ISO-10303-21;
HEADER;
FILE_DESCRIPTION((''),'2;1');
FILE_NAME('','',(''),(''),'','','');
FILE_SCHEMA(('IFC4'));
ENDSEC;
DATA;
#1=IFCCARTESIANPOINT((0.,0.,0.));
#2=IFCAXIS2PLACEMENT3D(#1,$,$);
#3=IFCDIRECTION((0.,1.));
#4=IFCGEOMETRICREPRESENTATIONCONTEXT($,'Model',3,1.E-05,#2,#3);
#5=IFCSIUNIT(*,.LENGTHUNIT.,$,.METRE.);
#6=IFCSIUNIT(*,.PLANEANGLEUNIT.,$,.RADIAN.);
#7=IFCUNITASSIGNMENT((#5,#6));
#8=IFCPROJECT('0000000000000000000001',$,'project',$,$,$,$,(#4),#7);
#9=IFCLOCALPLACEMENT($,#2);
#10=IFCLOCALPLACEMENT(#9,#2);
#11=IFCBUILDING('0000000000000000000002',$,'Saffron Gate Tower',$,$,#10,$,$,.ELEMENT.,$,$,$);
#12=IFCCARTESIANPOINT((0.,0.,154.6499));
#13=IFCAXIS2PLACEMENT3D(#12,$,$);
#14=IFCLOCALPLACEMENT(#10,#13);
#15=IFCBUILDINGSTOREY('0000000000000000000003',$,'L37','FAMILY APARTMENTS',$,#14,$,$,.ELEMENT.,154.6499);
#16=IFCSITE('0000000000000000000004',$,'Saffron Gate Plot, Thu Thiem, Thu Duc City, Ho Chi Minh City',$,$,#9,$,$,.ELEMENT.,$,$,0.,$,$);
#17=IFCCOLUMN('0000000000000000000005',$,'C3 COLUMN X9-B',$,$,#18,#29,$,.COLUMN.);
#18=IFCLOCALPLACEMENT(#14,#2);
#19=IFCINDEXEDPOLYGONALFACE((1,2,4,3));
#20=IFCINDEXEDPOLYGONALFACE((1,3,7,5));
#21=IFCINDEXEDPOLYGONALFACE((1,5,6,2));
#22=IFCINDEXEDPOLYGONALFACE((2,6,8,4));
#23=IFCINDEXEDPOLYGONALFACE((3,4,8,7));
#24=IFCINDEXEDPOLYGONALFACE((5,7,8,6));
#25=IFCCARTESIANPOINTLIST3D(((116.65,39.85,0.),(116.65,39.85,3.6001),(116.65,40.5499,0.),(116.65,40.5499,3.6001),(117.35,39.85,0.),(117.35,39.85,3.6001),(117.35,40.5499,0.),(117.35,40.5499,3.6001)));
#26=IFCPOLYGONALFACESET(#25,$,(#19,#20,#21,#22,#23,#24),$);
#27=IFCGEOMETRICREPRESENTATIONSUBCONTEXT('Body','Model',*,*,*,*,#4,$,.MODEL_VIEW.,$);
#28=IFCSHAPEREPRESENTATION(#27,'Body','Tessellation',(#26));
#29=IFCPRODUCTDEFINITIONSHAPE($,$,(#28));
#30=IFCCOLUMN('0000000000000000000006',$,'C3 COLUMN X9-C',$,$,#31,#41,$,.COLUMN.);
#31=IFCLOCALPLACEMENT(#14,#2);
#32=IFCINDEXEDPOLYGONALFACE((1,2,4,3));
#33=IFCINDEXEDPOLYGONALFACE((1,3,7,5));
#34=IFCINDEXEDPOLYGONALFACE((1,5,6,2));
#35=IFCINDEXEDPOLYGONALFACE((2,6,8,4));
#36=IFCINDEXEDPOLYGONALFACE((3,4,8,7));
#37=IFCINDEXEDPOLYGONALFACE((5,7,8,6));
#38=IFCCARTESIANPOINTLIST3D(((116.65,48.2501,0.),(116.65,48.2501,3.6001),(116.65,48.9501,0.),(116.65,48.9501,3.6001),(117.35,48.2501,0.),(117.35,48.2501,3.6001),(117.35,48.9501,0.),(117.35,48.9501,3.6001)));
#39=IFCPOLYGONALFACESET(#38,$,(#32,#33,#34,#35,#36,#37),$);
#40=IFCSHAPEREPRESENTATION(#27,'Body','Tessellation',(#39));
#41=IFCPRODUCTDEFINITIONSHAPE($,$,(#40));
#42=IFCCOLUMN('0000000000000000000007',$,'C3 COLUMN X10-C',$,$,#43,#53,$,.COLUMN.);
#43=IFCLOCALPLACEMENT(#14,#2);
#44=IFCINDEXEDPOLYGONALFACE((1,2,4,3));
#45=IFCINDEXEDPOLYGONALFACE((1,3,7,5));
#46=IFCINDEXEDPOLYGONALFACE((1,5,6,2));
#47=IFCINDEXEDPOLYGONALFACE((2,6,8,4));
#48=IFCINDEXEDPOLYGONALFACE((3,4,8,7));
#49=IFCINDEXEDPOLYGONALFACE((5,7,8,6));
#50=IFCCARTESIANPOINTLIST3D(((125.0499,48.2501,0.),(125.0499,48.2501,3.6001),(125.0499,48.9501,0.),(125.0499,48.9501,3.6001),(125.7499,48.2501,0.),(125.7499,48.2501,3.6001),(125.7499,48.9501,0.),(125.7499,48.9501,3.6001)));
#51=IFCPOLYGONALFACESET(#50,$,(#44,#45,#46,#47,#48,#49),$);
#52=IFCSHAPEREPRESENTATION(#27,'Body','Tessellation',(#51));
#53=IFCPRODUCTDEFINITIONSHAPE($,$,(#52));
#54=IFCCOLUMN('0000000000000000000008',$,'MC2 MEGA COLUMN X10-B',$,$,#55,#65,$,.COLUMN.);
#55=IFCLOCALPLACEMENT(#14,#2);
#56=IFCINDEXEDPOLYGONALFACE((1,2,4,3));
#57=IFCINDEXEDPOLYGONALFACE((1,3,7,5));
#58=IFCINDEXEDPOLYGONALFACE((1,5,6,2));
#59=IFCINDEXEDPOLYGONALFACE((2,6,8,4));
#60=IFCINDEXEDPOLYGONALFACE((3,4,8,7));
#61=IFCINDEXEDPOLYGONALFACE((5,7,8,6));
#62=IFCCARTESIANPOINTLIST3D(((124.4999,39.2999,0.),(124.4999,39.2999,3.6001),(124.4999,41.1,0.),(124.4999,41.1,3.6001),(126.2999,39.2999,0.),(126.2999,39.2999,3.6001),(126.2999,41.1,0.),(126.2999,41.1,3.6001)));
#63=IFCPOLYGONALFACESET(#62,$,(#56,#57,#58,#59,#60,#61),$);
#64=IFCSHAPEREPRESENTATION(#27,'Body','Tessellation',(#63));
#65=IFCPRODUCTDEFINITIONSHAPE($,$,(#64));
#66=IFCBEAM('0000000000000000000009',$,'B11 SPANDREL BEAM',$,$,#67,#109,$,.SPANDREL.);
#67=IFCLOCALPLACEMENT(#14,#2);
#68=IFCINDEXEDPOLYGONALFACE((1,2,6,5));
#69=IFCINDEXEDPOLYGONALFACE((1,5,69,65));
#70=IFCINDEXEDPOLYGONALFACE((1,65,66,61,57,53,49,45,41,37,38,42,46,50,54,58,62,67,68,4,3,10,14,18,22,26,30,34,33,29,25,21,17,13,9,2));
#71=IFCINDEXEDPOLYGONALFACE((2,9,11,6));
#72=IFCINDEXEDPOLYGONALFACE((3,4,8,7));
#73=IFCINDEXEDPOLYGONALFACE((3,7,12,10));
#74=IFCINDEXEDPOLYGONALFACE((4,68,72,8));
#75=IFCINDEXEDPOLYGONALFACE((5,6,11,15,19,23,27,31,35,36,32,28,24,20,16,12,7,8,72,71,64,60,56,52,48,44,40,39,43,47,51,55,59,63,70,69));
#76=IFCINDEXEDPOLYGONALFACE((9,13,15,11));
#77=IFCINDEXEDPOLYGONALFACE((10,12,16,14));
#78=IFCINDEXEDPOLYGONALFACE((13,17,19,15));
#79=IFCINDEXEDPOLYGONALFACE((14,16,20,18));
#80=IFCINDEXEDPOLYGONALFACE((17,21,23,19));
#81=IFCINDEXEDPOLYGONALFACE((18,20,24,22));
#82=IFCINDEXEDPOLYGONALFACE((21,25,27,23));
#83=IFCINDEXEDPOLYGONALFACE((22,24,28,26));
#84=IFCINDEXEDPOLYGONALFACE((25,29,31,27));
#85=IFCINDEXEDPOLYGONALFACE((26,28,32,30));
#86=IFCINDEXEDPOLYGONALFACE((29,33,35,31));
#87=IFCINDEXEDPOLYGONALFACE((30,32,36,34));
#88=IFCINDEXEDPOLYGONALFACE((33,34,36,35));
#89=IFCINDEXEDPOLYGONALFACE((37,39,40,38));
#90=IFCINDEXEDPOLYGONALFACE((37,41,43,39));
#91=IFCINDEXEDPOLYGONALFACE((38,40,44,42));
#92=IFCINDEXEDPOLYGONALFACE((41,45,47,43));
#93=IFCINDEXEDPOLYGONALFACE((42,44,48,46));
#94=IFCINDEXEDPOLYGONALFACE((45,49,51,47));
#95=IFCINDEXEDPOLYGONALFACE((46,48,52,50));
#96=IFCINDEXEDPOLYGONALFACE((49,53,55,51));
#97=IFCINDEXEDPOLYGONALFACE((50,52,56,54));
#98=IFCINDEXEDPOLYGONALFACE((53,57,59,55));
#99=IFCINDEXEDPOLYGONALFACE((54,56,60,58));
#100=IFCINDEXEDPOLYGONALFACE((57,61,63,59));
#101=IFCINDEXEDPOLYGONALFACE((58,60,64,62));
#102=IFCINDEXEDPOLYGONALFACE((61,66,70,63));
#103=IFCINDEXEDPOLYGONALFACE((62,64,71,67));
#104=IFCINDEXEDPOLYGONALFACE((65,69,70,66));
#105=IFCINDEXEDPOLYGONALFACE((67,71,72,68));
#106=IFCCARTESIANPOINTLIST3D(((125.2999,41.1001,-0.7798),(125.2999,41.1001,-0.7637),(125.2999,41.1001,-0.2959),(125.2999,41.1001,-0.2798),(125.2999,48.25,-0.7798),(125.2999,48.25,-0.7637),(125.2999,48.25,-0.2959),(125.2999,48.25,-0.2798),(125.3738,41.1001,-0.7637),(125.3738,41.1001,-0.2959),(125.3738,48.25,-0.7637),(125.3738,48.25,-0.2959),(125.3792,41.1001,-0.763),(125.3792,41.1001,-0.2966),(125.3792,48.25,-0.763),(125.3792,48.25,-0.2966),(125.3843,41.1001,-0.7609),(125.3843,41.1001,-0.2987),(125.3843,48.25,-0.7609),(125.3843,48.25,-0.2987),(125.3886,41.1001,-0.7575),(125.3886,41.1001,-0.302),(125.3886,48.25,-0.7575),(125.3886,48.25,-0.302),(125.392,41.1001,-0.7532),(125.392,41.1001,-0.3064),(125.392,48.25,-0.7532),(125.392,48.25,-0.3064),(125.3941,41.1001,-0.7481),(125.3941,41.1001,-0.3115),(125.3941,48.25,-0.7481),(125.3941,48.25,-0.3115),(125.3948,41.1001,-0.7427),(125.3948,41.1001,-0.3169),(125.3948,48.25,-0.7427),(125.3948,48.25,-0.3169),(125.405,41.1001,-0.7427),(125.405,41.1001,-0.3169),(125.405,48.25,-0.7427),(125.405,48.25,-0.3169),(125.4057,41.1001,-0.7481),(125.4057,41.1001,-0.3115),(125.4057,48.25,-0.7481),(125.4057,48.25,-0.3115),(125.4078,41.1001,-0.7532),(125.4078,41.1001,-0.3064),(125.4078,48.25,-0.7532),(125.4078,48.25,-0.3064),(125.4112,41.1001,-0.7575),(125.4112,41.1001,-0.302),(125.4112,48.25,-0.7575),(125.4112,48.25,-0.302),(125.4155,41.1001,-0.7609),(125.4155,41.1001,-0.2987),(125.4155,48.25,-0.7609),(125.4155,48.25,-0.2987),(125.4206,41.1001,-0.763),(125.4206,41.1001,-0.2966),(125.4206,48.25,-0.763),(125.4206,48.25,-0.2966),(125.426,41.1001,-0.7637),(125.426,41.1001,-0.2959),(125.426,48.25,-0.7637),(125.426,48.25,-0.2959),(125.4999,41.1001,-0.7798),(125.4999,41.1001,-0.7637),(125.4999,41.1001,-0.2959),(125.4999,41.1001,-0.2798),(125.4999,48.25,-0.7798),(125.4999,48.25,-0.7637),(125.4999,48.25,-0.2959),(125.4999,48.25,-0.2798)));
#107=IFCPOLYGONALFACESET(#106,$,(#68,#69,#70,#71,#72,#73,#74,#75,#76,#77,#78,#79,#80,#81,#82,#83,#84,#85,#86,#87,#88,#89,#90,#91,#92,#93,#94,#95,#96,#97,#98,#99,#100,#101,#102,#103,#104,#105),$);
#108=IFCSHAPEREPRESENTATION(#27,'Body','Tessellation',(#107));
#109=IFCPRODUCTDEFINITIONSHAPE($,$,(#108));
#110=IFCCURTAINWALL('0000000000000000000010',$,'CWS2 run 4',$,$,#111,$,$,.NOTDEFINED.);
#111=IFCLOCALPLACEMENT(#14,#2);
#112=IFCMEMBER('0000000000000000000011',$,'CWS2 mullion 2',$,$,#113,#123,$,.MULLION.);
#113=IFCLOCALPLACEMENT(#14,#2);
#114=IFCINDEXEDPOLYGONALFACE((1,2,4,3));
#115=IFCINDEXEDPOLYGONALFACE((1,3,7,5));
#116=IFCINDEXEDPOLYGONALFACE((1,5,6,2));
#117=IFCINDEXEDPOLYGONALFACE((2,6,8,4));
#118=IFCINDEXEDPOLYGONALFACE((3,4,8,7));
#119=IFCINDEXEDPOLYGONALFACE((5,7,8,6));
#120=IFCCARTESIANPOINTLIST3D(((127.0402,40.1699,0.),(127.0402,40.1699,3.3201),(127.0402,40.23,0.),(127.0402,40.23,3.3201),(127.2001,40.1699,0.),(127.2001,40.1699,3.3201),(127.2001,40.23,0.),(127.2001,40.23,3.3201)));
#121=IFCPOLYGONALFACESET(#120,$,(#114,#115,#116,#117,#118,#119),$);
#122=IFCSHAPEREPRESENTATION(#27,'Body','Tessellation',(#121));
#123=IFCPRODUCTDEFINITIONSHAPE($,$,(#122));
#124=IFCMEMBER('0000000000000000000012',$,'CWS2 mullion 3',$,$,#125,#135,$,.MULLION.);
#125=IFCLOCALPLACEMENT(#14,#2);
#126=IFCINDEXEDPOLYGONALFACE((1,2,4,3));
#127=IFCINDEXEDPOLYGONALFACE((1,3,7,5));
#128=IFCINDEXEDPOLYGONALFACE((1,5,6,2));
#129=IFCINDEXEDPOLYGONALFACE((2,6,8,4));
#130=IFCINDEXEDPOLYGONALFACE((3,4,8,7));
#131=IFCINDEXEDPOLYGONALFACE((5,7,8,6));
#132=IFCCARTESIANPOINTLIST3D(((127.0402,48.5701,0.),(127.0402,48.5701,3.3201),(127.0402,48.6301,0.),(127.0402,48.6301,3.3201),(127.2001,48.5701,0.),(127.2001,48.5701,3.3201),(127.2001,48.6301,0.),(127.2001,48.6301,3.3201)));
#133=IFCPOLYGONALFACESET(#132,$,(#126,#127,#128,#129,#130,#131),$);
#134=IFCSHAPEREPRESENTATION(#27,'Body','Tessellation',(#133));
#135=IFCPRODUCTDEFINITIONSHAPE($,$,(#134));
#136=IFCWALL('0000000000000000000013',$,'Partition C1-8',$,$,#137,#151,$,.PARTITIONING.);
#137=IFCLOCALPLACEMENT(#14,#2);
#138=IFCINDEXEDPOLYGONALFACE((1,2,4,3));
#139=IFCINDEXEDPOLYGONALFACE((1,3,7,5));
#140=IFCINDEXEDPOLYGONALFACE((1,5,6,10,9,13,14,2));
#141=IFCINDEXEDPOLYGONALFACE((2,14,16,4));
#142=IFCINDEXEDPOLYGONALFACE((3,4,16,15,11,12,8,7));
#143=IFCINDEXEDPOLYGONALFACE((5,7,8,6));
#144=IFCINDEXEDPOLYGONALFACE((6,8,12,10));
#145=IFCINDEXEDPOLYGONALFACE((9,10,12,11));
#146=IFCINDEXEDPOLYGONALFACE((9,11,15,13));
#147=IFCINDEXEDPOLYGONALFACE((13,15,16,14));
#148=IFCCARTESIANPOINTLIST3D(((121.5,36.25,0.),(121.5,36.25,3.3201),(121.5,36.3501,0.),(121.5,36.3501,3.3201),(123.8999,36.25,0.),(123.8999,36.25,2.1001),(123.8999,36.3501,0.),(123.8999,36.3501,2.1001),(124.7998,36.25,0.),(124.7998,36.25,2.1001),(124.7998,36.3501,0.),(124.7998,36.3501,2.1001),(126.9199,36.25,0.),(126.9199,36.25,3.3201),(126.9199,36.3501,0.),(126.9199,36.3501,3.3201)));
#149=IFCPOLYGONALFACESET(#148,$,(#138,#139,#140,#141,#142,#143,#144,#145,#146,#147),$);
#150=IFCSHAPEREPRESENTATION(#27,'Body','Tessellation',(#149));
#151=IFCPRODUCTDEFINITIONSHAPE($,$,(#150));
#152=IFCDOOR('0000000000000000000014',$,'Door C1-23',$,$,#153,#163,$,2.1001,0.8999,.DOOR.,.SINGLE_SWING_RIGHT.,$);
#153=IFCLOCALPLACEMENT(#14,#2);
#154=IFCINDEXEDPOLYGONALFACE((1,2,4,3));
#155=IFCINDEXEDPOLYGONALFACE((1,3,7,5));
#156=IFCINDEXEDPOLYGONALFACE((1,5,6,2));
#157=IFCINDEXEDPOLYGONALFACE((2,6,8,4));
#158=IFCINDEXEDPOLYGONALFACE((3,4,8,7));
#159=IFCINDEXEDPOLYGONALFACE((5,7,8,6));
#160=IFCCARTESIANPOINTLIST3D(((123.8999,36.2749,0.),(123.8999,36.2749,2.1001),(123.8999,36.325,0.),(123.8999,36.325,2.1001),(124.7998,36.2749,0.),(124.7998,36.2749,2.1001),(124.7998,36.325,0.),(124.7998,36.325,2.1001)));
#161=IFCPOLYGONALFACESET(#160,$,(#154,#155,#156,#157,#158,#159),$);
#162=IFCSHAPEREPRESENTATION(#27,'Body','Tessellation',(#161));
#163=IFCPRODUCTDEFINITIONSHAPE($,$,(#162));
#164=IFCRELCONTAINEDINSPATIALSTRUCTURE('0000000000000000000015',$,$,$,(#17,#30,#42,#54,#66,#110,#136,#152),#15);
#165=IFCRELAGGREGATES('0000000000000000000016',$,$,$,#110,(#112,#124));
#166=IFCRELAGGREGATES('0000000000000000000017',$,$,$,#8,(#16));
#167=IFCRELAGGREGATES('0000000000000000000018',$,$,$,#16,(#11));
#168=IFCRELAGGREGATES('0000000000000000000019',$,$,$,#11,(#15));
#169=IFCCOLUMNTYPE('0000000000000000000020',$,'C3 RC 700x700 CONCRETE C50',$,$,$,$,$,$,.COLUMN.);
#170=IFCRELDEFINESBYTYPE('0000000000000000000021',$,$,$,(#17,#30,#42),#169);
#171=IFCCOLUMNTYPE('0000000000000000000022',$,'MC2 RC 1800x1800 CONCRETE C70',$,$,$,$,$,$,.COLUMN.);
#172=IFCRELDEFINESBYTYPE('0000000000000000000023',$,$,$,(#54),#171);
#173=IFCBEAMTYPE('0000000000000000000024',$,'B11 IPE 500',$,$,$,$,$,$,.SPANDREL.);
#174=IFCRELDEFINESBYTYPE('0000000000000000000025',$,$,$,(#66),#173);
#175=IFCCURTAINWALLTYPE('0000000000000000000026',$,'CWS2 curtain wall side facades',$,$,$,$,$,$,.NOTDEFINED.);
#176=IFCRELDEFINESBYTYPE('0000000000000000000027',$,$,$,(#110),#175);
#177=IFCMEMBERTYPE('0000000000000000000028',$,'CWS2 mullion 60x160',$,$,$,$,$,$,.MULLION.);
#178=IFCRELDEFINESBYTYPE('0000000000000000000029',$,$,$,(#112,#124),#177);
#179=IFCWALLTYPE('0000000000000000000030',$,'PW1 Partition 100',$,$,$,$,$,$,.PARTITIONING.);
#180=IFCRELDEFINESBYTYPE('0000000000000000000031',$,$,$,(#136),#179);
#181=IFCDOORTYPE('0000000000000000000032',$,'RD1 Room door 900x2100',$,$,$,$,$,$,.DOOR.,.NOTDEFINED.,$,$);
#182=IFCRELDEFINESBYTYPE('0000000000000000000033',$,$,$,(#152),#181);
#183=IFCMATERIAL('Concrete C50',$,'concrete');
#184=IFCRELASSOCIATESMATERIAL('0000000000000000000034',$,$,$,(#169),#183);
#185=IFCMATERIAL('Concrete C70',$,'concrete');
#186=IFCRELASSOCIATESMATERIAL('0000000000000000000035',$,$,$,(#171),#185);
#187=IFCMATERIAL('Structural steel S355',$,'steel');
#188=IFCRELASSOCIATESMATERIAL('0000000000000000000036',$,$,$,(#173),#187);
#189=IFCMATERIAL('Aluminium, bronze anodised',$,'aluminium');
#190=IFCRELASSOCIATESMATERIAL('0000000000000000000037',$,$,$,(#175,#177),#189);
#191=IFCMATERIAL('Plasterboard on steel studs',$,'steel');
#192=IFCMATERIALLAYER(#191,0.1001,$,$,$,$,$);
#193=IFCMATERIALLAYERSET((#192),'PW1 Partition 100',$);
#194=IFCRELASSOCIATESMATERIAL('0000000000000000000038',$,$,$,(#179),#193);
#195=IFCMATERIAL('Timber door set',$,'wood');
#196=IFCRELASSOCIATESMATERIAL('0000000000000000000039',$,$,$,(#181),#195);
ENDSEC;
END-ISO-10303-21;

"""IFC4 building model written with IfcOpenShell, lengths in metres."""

from ifc_helpers import new_model, si_unit, direction, frame, frame_2d, origin, origin_2d, place, context, subcontext, project, spatial, rectangle, i_section, extrude, material, layer, layer_set, material_profile, profile_set, type_object, element, fill, aggregate, save


model = new_model("IFC4")

# Units and contexts
model_context = context("Model", 3, precision=1e-05, world=origin(), true_north=direction((0.0, 1.0)))
body_context = subcontext(model_context, "Body", "Model", "MODEL_VIEW")
ifc_project = project(units=[si_unit("LENGTHUNIT", "METRE"), si_unit("PLANEANGLEUNIT", "RADIAN")], contexts=[model_context])

# Site, building, storey
site_placement = place(None, origin())
site = spatial("IfcSite", under=ifc_project, at=site_placement, Name="Saffron Gate Plot, Thu Thiem, Thu Duc City, Ho Chi Minh City", CompositionType="ELEMENT", RefElevation=0.0)
building_placement = place(site_placement, origin())
building = spatial("IfcBuilding", under=site, at=building_placement, Name="Saffron Gate Tower", CompositionType="ELEMENT")
storey_placement = place(building_placement, frame((0.0, 0.0, 154.6499)))
storey = spatial("IfcBuildingStorey", under=building, at=storey_placement, Name="L37", Description="FAMILY APARTMENTS", CompositionType="ELEMENT", Elevation=154.6499)

# Columns
ifc_material_1 = material(Name="Concrete C50", Category="concrete")
ifc_material_profile_1 = material_profile(ifc_material_1, rectangle(XDim=0.7, YDim=0.7, at=origin_2d()))
ifc_profile_set_1 = profile_set([ifc_material_profile_1], Name="Concrete C50")
column_type_1 = type_object("IfcColumnType", Name="C3 RC 700x700 CONCRETE C50", PredefinedType="COLUMN", material=ifc_profile_set_1)
for number, where, z_axis, x_axis, name in (
    (1, (117.0, 40.2, 0.0), (0.0, 0.0, 1.0), (1.0, 0.0, 0.0), "C3 COLUMN X9-B"),
    (2, (117.0, 48.6001, 0.0), (0.0, 0.0, 1.0), (1.0, 0.0, 0.0), "C3 COLUMN X9-C"),
    (3, (125.3999, 48.6001, 0.0), (0.0, 0.0, 1.0), (1.0, 0.0, 0.0), "C3 COLUMN X10-C"),
):
    element("IfcColumn", number, at=place(storey_placement, frame(where, z_axis=z_axis, x_axis=x_axis)), inside=storey, type_object=column_type_1, Name=name, PredefinedType="COLUMN", context=body_context, shape_type="SweptSolid", body=[
        extrude(rectangle(XDim=0.7, YDim=0.7, at=origin_2d()), origin(), (0.0, 0.0, 1.0), 3.6001),
    ])
ifc_material_2 = material(Name="Concrete C70", Category="concrete")
ifc_material_profile_2 = material_profile(ifc_material_2, rectangle(XDim=1.8, YDim=1.8, at=origin_2d()))
ifc_profile_set_2 = profile_set([ifc_material_profile_2], Name="Concrete C70")
column_type_2 = type_object("IfcColumnType", Name="MC2 RC 1800x1800 CONCRETE C70", PredefinedType="COLUMN", material=ifc_profile_set_2)
column_placement = place(storey_placement, frame((125.3999, 40.2, 0.0), z_axis=(0.0, 0.0, 1.0), x_axis=(1.0, 0.0, 0.0)))
element("IfcColumn", 4, at=column_placement, inside=storey, type_object=column_type_2, Name="MC2 MEGA COLUMN X10-B", PredefinedType="COLUMN", context=body_context, shape_type="SweptSolid", body=[
    extrude(rectangle(XDim=1.8, YDim=1.8, at=origin_2d()), origin(), (0.0, 0.0, 1.0), 3.6001),
])

# Beam
ifc_material_3 = material(Name="Structural steel S355", Category="steel")
ifc_material_profile_3 = material_profile(ifc_material_3, i_section(OverallWidth=0.2, OverallDepth=0.5, WebThickness=0.0103, FlangeThickness=0.0161, FilletRadius=0.021, at=origin_2d()))
ifc_profile_set_3 = profile_set([ifc_material_profile_3], Name="Structural steel S355")
beam_type = type_object("IfcBeamType", Name="B11 IPE 500", PredefinedType="SPANDREL", material=ifc_profile_set_3)
beam_placement = place(storey_placement, frame((125.3999, 41.1001, -0.5298), z_axis=(0.0, 1.0, 0.0), x_axis=(-1.0, 0.0, 0.0)))
element("IfcBeam", 5, at=beam_placement, inside=storey, type_object=beam_type, Name="B11 SPANDREL BEAM", PredefinedType="SPANDREL", context=body_context, shape_type="SweptSolid", body=[
    extrude(i_section(OverallWidth=0.2, OverallDepth=0.5, WebThickness=0.0103, FlangeThickness=0.0161, FilletRadius=0.021, at=origin_2d()), origin(), (0.0, 0.0, 1.0), 7.1499),
])

# Curtain wall, members
ifc_material_4 = material(Name="Aluminium, bronze anodised", Category="aluminium")
curtain_wall_type = type_object("IfcCurtainWallType", Name="CWS2 curtain wall side facades", PredefinedType="NOTDEFINED", material=ifc_material_4)
curtain_wall_placement = place(storey_placement, origin())
curtain_wall = element("IfcCurtainWall", 6, at=curtain_wall_placement, inside=storey, type_object=curtain_wall_type, Name="CWS2 run 4", PredefinedType="NOTDEFINED")
ifc_material_profile_4 = material_profile(ifc_material_4, rectangle(XDim=0.1599, YDim=0.0601, at=origin_2d()))
ifc_profile_set_4 = profile_set([ifc_material_profile_4], Name="Aluminium, bronze anodised")
member_type = type_object("IfcMemberType", Name="CWS2 mullion 60x160", PredefinedType="MULLION", material=ifc_profile_set_4)
member_1_placement = place(storey_placement, frame((127.1201, 40.2, 0.0), z_axis=(0.0, 0.0, 1.0), x_axis=(-1.0, 0.0, 0.0)))
member_1 = element("IfcMember", 7, at=member_1_placement, type_object=member_type, Name="CWS2 mullion 2", PredefinedType="MULLION", context=body_context, shape_type="SweptSolid", body=[
    extrude(rectangle(XDim=0.1599, YDim=0.0601, at=origin_2d()), origin(), (0.0, 0.0, 1.0), 3.3201),
])
member_2_placement = place(storey_placement, frame((127.1201, 48.6001, 0.0), z_axis=(0.0, 0.0, 1.0), x_axis=(-1.0, 0.0, 0.0)))
member_2 = element("IfcMember", 8, at=member_2_placement, type_object=member_type, Name="CWS2 mullion 3", PredefinedType="MULLION", context=body_context, shape_type="SweptSolid", body=[
    extrude(rectangle(XDim=0.1599, YDim=0.0601, at=origin_2d()), origin(), (0.0, 0.0, 1.0), 3.3201),
])
aggregate(curtain_wall, [member_1, member_2])

# Wall, opening, door
ifc_material_5 = material(Name="Plasterboard on steel studs", Category="steel")
ifc_layer_1 = layer(ifc_material_5, 0.1001)
ifc_layer_set_1 = layer_set([ifc_layer_1], Name="PW1 Partition 100")
wall_type_1 = type_object("IfcWallType", Name="PW1 Partition 100", PredefinedType="PARTITIONING", material=ifc_layer_set_1)
wall_1_placement = place(storey_placement, frame((121.5, 36.3, 0.0), z_axis=(0.0, 0.0, 1.0), x_axis=(1.0, 0.0, 0.0)))
wall_1 = element("IfcWall", 9, at=wall_1_placement, inside=storey, type_object=wall_type_1, Name="Partition C1-8", PredefinedType="PARTITIONING", context=body_context, shape_type="SweptSolid", body=[
    extrude(rectangle(XDim=5.4199, YDim=0.1001, at=frame_2d((2.71, 0.0))), origin(), (0.0, 0.0, 1.0), 3.3201),
])
opening_1_placement = place(wall_1_placement, frame((2.3999, 0.0, 0.0)))
opening_1 = element("IfcOpeningElement", 10, at=opening_1_placement, cuts=wall_1, PredefinedType="OPENING", context=body_context, shape_type="SweptSolid", body=[
    extrude(rectangle(XDim=0.8999, YDim=2.1001, at=frame_2d((0.45, 1.05))), frame((0.0, 0.0601, 0.0), z_axis=(0.0, -1.0, 0.0), x_axis=(1.0, 0.0, 0.0)), (0.0, 0.0, 1.0), 0.1201),
])
ifc_material_6 = material(Name="Timber door set", Category="wood")
door_type_1 = type_object("IfcDoorType", Name="RD1 Room door 900x2100", OperationType="NOTDEFINED", PredefinedType="DOOR", material=ifc_material_6)
door_1_placement = place(opening_1_placement, origin())
door_1 = element("IfcDoor", 11, at=door_1_placement, inside=storey, type_object=door_type_1, Name="Door C1-23", OperationType="SINGLE_SWING_RIGHT", OverallHeight=2.1001, OverallWidth=0.8999, PredefinedType="DOOR", context=body_context, shape_type="SweptSolid", body=[
    extrude(rectangle(XDim=0.8999, YDim=2.1001, at=frame_2d((0.45, 1.05))), frame((0.0, 0.0249, 0.0), z_axis=(0.0, -1.0, 0.0), x_axis=(1.0, 0.0, 0.0)), (0.0, 0.0, 1.0), 0.05),
])
fill(opening_1, door_1)

save(model, "model.ifc")
